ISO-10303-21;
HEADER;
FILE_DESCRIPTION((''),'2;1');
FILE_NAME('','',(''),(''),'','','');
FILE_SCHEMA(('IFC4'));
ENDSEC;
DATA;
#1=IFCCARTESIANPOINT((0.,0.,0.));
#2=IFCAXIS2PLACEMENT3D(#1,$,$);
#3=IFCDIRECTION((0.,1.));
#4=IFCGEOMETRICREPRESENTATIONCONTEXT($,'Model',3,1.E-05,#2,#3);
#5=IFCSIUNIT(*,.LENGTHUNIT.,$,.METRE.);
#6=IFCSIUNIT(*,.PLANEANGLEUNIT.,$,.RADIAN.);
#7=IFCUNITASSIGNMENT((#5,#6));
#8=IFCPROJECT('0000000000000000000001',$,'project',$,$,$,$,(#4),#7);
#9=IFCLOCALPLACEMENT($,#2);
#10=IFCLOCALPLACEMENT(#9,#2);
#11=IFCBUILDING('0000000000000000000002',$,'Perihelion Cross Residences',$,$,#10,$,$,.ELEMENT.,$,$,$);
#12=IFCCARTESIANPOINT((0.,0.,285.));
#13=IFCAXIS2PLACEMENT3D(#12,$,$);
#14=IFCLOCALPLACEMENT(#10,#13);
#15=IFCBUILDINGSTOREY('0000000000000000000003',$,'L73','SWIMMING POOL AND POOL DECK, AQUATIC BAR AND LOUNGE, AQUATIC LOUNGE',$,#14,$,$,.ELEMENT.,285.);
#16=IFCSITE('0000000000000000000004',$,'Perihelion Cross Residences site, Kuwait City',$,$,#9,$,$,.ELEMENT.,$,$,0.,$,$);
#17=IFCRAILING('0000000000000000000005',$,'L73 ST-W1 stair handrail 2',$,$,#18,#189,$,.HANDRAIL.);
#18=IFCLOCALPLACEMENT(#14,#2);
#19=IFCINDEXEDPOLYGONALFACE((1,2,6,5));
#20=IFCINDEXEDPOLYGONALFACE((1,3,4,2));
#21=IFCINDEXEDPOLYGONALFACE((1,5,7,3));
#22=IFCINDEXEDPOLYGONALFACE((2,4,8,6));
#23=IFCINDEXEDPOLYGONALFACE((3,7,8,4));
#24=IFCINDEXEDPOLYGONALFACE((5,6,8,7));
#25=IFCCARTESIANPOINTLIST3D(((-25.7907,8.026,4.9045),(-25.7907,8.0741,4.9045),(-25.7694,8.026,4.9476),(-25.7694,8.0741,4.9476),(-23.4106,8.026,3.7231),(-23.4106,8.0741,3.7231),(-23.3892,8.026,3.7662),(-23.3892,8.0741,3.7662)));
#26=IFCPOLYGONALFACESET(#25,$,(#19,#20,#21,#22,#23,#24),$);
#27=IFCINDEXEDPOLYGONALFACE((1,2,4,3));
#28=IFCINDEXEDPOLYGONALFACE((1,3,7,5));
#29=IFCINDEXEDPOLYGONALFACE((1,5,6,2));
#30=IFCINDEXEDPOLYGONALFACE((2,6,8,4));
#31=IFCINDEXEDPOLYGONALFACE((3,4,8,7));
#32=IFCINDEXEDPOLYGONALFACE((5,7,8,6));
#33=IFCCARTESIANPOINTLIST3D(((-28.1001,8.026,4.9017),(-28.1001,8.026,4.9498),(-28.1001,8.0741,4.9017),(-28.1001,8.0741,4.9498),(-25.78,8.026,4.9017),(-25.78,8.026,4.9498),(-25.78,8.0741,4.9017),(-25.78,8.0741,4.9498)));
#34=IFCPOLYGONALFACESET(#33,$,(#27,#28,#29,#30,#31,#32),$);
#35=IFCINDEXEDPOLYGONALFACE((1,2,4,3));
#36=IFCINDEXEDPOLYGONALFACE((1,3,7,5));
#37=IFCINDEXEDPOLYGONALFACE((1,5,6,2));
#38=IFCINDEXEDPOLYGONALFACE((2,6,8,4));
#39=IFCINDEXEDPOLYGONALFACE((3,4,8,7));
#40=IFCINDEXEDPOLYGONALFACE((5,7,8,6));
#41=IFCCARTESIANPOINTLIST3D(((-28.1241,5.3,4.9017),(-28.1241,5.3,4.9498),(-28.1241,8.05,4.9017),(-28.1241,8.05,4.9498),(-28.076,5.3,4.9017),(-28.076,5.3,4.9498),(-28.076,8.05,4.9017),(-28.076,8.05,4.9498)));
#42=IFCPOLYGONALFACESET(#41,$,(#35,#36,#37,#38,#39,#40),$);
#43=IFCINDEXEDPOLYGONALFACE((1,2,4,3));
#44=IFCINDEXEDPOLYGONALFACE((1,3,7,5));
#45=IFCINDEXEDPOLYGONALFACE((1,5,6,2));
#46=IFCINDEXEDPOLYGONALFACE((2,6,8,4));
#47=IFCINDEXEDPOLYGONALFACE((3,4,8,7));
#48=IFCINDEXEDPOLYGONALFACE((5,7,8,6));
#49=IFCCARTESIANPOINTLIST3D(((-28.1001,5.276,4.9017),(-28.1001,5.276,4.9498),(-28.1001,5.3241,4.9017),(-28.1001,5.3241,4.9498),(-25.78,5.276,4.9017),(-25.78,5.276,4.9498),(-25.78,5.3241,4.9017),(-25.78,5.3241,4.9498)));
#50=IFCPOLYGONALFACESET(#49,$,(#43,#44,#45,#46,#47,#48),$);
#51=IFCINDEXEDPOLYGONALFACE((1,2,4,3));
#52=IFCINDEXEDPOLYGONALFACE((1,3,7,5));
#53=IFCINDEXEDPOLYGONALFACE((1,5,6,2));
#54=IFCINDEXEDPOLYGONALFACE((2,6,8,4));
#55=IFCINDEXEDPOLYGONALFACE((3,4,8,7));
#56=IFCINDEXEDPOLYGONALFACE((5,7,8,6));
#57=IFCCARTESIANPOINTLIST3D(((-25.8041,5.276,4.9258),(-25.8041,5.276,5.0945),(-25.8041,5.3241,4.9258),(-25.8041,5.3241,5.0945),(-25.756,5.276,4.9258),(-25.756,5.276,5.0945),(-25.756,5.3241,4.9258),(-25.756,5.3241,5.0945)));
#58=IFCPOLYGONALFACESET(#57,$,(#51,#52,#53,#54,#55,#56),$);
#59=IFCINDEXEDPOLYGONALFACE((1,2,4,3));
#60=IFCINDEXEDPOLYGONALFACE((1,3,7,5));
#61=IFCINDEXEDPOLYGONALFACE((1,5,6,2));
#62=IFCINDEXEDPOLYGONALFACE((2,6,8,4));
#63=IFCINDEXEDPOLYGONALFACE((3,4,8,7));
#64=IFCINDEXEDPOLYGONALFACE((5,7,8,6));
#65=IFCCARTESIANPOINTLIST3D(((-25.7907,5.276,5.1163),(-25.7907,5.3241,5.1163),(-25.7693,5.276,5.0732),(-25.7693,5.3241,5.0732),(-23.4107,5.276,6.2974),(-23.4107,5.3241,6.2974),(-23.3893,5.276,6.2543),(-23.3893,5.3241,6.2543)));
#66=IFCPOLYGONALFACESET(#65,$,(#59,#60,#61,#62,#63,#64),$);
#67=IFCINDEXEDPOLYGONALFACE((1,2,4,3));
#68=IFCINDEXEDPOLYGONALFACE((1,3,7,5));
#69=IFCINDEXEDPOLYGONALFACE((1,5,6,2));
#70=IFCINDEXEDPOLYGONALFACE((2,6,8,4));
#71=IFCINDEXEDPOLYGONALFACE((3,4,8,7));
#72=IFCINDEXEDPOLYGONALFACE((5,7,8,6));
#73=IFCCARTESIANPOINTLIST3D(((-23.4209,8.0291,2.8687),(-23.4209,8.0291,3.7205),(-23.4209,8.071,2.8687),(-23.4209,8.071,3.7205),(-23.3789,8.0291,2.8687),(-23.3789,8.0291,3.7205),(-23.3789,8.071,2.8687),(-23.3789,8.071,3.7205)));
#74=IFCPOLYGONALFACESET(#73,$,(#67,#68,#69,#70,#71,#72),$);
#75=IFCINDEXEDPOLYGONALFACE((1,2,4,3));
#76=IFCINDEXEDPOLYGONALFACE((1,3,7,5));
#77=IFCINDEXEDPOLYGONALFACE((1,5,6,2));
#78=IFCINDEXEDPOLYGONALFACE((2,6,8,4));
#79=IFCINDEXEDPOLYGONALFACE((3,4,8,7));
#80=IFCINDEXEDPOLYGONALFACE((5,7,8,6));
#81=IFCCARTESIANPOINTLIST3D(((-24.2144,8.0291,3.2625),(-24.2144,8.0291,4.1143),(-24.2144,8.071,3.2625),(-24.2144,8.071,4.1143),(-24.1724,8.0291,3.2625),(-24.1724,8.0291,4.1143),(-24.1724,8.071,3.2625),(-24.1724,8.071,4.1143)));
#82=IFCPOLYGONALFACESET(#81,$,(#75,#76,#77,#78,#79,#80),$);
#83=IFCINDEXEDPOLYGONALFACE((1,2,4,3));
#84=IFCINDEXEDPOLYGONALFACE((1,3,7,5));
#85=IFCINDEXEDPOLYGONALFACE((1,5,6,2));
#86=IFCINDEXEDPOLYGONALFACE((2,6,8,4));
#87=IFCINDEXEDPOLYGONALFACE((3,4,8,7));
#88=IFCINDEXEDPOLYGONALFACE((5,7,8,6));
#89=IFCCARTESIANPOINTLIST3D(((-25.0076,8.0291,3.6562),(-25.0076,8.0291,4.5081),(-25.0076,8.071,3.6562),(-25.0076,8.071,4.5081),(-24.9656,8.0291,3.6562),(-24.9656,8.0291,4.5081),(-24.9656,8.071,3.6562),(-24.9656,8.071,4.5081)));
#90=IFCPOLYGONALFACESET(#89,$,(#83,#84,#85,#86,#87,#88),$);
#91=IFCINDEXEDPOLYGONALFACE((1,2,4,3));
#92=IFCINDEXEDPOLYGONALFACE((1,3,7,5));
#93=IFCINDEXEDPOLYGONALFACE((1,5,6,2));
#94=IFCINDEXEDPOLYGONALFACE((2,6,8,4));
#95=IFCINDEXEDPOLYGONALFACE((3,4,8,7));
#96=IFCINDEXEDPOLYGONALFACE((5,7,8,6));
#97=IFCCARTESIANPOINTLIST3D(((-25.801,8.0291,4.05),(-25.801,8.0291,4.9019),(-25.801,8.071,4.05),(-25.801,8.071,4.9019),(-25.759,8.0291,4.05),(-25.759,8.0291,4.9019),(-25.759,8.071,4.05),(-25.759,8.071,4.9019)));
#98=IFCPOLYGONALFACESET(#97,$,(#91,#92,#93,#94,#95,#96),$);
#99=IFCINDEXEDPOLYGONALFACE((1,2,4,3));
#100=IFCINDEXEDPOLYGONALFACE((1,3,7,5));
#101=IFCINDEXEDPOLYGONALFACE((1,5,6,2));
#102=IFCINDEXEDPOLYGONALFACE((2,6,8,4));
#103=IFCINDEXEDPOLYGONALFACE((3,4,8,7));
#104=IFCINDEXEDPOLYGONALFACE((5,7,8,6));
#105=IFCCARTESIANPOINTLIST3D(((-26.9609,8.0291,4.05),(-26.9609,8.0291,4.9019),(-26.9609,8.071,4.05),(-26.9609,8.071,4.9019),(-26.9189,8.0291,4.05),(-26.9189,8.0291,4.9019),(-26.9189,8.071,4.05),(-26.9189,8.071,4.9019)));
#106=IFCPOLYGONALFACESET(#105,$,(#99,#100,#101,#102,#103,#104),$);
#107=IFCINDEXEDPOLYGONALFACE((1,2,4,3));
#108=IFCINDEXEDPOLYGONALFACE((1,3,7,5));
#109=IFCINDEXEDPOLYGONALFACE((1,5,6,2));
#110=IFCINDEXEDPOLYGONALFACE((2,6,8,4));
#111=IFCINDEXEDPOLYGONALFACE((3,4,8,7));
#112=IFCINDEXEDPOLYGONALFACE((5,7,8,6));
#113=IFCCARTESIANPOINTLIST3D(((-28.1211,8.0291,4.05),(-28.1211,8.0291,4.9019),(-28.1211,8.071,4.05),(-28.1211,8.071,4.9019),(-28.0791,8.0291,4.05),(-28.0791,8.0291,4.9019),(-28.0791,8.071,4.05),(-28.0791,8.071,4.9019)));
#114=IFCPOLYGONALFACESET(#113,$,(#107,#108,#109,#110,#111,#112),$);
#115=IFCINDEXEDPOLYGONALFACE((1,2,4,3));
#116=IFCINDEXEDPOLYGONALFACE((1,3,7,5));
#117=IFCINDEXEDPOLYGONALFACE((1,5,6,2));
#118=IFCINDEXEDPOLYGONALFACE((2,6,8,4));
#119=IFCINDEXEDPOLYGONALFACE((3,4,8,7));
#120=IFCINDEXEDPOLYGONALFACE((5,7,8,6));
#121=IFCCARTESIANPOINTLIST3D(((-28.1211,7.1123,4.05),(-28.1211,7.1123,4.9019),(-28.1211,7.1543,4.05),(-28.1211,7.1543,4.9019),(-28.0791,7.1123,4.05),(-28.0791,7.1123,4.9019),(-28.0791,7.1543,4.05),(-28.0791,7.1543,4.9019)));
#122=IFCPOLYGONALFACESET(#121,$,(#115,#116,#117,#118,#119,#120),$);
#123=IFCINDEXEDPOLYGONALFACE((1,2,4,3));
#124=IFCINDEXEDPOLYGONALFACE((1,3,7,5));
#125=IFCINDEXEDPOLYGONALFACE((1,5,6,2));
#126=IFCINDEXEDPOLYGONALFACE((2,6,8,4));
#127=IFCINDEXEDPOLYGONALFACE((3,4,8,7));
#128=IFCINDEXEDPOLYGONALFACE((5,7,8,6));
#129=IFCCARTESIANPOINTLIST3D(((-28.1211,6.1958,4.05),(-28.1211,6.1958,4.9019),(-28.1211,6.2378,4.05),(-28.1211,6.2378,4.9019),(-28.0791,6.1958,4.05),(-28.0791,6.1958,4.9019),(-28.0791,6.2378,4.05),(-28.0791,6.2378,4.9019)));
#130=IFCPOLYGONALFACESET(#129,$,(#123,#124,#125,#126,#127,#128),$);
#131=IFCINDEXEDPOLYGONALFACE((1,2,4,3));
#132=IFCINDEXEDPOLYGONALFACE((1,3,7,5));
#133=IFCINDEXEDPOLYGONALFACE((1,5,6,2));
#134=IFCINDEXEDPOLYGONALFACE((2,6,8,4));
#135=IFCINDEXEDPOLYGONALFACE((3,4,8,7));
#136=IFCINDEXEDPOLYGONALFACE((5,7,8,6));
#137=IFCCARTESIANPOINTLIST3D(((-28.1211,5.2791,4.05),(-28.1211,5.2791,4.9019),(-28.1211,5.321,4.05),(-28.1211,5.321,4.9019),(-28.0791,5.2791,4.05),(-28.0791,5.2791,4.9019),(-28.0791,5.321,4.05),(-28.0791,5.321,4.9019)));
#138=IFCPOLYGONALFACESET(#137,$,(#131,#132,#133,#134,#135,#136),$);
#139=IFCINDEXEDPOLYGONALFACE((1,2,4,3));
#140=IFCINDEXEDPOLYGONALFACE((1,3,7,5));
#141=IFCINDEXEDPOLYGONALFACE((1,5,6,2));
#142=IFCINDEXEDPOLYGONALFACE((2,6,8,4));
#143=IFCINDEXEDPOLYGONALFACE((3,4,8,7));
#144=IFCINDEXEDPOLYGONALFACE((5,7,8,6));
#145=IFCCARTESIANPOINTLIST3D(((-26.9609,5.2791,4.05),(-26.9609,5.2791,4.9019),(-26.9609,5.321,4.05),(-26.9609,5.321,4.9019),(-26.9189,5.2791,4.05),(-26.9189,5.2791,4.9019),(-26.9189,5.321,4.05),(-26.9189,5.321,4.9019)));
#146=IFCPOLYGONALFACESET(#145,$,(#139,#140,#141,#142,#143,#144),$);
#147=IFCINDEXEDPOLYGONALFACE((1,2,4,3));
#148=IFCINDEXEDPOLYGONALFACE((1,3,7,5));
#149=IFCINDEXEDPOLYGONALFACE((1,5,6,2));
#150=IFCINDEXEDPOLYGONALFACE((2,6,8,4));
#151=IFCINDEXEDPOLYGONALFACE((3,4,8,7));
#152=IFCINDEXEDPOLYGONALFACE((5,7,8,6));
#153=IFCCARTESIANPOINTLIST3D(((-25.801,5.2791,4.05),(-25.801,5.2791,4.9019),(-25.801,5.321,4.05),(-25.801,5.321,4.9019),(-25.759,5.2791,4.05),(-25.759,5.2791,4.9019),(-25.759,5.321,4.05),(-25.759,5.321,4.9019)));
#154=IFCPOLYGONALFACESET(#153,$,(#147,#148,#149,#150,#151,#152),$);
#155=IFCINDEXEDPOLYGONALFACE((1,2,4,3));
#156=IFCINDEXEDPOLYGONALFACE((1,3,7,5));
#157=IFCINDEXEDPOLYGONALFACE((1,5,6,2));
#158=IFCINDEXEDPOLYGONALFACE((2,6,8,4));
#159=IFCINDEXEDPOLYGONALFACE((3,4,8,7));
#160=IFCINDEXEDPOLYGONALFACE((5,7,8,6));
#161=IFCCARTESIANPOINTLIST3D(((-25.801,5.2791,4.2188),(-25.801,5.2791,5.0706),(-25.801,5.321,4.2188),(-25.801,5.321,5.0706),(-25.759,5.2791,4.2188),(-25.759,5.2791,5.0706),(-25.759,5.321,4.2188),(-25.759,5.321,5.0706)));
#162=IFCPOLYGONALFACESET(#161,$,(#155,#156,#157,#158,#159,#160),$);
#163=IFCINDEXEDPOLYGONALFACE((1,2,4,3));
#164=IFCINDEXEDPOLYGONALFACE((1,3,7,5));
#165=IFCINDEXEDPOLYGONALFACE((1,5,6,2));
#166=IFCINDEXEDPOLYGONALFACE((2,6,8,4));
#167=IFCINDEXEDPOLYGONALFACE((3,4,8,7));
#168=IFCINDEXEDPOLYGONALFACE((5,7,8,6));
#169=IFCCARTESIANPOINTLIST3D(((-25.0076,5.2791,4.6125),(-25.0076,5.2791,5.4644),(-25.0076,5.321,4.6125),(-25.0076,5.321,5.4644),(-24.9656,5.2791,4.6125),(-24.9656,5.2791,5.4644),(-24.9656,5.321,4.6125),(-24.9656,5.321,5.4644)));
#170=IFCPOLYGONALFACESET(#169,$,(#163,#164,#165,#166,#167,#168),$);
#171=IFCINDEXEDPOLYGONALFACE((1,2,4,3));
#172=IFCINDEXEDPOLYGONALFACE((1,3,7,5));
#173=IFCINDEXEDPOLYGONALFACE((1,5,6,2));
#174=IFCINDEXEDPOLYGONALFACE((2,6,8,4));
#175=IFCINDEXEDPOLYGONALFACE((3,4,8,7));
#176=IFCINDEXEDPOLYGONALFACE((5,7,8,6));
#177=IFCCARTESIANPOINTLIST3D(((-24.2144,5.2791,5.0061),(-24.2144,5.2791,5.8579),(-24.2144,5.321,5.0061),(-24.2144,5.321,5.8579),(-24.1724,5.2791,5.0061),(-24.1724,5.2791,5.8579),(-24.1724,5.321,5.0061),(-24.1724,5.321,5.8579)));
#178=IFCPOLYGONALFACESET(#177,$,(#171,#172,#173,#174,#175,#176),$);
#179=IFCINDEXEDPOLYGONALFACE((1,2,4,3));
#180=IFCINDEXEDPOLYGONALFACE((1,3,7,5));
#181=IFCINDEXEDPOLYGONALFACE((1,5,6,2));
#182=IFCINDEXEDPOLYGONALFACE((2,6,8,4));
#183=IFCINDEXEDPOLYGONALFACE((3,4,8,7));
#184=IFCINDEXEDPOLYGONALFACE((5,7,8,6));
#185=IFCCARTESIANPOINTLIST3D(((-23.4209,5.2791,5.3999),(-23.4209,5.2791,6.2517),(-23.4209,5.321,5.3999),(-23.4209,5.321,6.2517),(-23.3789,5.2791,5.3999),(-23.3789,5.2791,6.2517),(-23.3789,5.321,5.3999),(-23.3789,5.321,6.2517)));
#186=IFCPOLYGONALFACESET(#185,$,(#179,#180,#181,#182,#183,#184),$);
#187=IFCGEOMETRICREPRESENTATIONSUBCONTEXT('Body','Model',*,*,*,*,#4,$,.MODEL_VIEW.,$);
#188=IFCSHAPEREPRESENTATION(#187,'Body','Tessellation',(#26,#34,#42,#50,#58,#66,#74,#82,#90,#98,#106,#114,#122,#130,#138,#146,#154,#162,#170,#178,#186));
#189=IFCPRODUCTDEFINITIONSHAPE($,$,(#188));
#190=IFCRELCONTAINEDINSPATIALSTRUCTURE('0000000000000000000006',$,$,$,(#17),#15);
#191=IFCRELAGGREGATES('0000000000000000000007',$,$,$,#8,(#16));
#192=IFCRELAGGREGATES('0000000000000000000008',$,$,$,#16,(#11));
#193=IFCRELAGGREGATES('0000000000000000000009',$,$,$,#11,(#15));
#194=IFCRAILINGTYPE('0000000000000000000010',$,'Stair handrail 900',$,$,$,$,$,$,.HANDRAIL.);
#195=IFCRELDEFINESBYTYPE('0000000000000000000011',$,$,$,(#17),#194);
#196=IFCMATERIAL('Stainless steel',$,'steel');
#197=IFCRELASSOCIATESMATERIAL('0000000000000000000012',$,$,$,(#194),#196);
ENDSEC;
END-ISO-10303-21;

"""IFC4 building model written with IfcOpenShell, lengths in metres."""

from ifc_helpers import new_model, si_unit, direction, frame, origin, origin_2d, place, context, subcontext, project, spatial, rectangle, extrude, material, type_object, element, save


model = new_model("IFC4")

# Units and contexts
model_context = context("Model", 3, precision=1e-05, world=origin(), true_north=direction((0.0, 1.0)))
body_context = subcontext(model_context, "Body", "Model", "MODEL_VIEW")
ifc_project = project(units=[si_unit("LENGTHUNIT", "METRE"), si_unit("PLANEANGLEUNIT", "RADIAN")], contexts=[model_context])

# Site, building, storey
site_placement = place(None, origin())
site = spatial("IfcSite", under=ifc_project, at=site_placement, Name="Perihelion Cross Residences site, Kuwait City", CompositionType="ELEMENT", RefElevation=0.0)
building_placement = place(site_placement, origin())
building = spatial("IfcBuilding", under=site, at=building_placement, Name="Perihelion Cross Residences", CompositionType="ELEMENT")
storey_placement = place(building_placement, frame((0.0, 0.0, 285.0)))
storey = spatial("IfcBuildingStorey", under=building, at=storey_placement, Name="L73", Description="SWIMMING POOL AND POOL DECK, AQUATIC BAR AND LOUNGE, AQUATIC LOUNGE", CompositionType="ELEMENT", Elevation=285.0)

# Railing
ifc_material_1 = material(Name="Stainless steel", Category="steel")
railing_type_1 = type_object("IfcRailingType", Name="Stair handrail 900", PredefinedType="HANDRAIL", material=ifc_material_1)
railing_1_placement = place(storey_placement, frame((-23.3999, 8.05, 2.8687)))
element("IfcRailing", 1, at=railing_1_placement, inside=storey, type_object=railing_type_1, Name="L73 ST-W1 stair handrail 2", PredefinedType="HANDRAIL", context=body_context, shape_type="SweptSolid", body=[
    extrude(rectangle(XDim=0.0481, YDim=0.0481, at=origin_2d()), frame((0.0, 0.0, 0.876), z_axis=(-0.895728, 0.0, 0.444602), x_axis=(0.0, -1.0, 0.0)), (0.0, 0.0, 1.0), 2.6572),
    extrude(rectangle(XDim=0.0481, YDim=0.0481, at=origin_2d()), frame((-2.3801, 0.0, 2.0571), z_axis=(-1.0, 0.0, 0.0), x_axis=(0.0, -1.0, 0.0)), (0.0, 0.0, 1.0), 2.3201),
    extrude(rectangle(XDim=0.0481, YDim=0.0481, at=origin_2d()), frame((-4.7002, 0.0, 2.0571), z_axis=(0.0, -1.0, 0.0), x_axis=(1.0, 0.0, 0.0)), (0.0, 0.0, 1.0), 2.75),
    extrude(rectangle(XDim=0.0481, YDim=0.0481, at=origin_2d()), frame((-4.7002, -2.75, 2.0571), z_axis=(1.0, 0.0, 0.0), x_axis=(0.0, 1.0, 0.0)), (0.0, 0.0, 1.0), 2.3201),
    extrude(rectangle(XDim=0.0481, YDim=0.0481, at=origin_2d()), frame((-2.3801, -2.75, 2.0571), z_axis=(0.0, 0.0, 1.0), x_axis=(1.0, 0.0, 0.0)), (0.0, 0.0, 1.0), 0.1687),
    extrude(rectangle(XDim=0.0481, YDim=0.0481, at=origin_2d()), frame((-2.3801, -2.75, 2.2261), z_axis=(0.895765, 0.0, 0.444529), x_axis=(0.0, 1.0, 0.0)), (0.0, 0.0, 1.0), 2.657),
    extrude(rectangle(XDim=0.042, YDim=0.042, at=origin_2d()), origin(), (0.0, 0.0, 1.0), 0.8518),
    extrude(rectangle(XDim=0.042, YDim=0.042, at=origin_2d()), frame((-0.7935, 0.0, 0.3938)), (0.0, 0.0, 1.0), 0.8518),
    extrude(rectangle(XDim=0.042, YDim=0.042, at=origin_2d()), frame((-1.5867, 0.0, 0.7876)), (0.0, 0.0, 1.0), 0.8518),
    extrude(rectangle(XDim=0.042, YDim=0.042, at=origin_2d()), frame((-2.3801, 0.0, 1.1814)), (0.0, 0.0, 1.0), 0.8518),
    extrude(rectangle(XDim=0.042, YDim=0.042, at=origin_2d()), frame((-3.54, 0.0, 1.1814)), (0.0, 0.0, 1.0), 0.8518),
    extrude(rectangle(XDim=0.042, YDim=0.042, at=origin_2d()), frame((-4.7002, 0.0, 1.1814)), (0.0, 0.0, 1.0), 0.8518),
    extrude(rectangle(XDim=0.042, YDim=0.042, at=origin_2d()), frame((-4.7002, -0.9167, 1.1814)), (0.0, 0.0, 1.0), 0.8518),
    extrude(rectangle(XDim=0.042, YDim=0.042, at=origin_2d()), frame((-4.7002, -1.8333, 1.1814)), (0.0, 0.0, 1.0), 0.8518),
    extrude(rectangle(XDim=0.042, YDim=0.042, at=origin_2d()), frame((-4.7002, -2.75, 1.1814)), (0.0, 0.0, 1.0), 0.8518),
    extrude(rectangle(XDim=0.042, YDim=0.042, at=origin_2d()), frame((-3.54, -2.75, 1.1814)), (0.0, 0.0, 1.0), 0.8518),
    extrude(rectangle(XDim=0.042, YDim=0.042, at=origin_2d()), frame((-2.3801, -2.75, 1.1814)), (0.0, 0.0, 1.0), 0.8518),
    extrude(rectangle(XDim=0.042, YDim=0.042, at=origin_2d()), frame((-2.3801, -2.75, 1.3501)), (0.0, 0.0, 1.0), 0.8518),
    extrude(rectangle(XDim=0.042, YDim=0.042, at=origin_2d()), frame((-1.5867, -2.75, 1.7439)), (0.0, 0.0, 1.0), 0.8518),
    extrude(rectangle(XDim=0.042, YDim=0.042, at=origin_2d()), frame((-0.7935, -2.75, 2.1375)), (0.0, 0.0, 1.0), 0.8518),
    extrude(rectangle(XDim=0.042, YDim=0.042, at=origin_2d()), frame((0.0, -2.75, 2.5312)), (0.0, 0.0, 1.0), 0.8518),
])

save(model, "model.ifc")
